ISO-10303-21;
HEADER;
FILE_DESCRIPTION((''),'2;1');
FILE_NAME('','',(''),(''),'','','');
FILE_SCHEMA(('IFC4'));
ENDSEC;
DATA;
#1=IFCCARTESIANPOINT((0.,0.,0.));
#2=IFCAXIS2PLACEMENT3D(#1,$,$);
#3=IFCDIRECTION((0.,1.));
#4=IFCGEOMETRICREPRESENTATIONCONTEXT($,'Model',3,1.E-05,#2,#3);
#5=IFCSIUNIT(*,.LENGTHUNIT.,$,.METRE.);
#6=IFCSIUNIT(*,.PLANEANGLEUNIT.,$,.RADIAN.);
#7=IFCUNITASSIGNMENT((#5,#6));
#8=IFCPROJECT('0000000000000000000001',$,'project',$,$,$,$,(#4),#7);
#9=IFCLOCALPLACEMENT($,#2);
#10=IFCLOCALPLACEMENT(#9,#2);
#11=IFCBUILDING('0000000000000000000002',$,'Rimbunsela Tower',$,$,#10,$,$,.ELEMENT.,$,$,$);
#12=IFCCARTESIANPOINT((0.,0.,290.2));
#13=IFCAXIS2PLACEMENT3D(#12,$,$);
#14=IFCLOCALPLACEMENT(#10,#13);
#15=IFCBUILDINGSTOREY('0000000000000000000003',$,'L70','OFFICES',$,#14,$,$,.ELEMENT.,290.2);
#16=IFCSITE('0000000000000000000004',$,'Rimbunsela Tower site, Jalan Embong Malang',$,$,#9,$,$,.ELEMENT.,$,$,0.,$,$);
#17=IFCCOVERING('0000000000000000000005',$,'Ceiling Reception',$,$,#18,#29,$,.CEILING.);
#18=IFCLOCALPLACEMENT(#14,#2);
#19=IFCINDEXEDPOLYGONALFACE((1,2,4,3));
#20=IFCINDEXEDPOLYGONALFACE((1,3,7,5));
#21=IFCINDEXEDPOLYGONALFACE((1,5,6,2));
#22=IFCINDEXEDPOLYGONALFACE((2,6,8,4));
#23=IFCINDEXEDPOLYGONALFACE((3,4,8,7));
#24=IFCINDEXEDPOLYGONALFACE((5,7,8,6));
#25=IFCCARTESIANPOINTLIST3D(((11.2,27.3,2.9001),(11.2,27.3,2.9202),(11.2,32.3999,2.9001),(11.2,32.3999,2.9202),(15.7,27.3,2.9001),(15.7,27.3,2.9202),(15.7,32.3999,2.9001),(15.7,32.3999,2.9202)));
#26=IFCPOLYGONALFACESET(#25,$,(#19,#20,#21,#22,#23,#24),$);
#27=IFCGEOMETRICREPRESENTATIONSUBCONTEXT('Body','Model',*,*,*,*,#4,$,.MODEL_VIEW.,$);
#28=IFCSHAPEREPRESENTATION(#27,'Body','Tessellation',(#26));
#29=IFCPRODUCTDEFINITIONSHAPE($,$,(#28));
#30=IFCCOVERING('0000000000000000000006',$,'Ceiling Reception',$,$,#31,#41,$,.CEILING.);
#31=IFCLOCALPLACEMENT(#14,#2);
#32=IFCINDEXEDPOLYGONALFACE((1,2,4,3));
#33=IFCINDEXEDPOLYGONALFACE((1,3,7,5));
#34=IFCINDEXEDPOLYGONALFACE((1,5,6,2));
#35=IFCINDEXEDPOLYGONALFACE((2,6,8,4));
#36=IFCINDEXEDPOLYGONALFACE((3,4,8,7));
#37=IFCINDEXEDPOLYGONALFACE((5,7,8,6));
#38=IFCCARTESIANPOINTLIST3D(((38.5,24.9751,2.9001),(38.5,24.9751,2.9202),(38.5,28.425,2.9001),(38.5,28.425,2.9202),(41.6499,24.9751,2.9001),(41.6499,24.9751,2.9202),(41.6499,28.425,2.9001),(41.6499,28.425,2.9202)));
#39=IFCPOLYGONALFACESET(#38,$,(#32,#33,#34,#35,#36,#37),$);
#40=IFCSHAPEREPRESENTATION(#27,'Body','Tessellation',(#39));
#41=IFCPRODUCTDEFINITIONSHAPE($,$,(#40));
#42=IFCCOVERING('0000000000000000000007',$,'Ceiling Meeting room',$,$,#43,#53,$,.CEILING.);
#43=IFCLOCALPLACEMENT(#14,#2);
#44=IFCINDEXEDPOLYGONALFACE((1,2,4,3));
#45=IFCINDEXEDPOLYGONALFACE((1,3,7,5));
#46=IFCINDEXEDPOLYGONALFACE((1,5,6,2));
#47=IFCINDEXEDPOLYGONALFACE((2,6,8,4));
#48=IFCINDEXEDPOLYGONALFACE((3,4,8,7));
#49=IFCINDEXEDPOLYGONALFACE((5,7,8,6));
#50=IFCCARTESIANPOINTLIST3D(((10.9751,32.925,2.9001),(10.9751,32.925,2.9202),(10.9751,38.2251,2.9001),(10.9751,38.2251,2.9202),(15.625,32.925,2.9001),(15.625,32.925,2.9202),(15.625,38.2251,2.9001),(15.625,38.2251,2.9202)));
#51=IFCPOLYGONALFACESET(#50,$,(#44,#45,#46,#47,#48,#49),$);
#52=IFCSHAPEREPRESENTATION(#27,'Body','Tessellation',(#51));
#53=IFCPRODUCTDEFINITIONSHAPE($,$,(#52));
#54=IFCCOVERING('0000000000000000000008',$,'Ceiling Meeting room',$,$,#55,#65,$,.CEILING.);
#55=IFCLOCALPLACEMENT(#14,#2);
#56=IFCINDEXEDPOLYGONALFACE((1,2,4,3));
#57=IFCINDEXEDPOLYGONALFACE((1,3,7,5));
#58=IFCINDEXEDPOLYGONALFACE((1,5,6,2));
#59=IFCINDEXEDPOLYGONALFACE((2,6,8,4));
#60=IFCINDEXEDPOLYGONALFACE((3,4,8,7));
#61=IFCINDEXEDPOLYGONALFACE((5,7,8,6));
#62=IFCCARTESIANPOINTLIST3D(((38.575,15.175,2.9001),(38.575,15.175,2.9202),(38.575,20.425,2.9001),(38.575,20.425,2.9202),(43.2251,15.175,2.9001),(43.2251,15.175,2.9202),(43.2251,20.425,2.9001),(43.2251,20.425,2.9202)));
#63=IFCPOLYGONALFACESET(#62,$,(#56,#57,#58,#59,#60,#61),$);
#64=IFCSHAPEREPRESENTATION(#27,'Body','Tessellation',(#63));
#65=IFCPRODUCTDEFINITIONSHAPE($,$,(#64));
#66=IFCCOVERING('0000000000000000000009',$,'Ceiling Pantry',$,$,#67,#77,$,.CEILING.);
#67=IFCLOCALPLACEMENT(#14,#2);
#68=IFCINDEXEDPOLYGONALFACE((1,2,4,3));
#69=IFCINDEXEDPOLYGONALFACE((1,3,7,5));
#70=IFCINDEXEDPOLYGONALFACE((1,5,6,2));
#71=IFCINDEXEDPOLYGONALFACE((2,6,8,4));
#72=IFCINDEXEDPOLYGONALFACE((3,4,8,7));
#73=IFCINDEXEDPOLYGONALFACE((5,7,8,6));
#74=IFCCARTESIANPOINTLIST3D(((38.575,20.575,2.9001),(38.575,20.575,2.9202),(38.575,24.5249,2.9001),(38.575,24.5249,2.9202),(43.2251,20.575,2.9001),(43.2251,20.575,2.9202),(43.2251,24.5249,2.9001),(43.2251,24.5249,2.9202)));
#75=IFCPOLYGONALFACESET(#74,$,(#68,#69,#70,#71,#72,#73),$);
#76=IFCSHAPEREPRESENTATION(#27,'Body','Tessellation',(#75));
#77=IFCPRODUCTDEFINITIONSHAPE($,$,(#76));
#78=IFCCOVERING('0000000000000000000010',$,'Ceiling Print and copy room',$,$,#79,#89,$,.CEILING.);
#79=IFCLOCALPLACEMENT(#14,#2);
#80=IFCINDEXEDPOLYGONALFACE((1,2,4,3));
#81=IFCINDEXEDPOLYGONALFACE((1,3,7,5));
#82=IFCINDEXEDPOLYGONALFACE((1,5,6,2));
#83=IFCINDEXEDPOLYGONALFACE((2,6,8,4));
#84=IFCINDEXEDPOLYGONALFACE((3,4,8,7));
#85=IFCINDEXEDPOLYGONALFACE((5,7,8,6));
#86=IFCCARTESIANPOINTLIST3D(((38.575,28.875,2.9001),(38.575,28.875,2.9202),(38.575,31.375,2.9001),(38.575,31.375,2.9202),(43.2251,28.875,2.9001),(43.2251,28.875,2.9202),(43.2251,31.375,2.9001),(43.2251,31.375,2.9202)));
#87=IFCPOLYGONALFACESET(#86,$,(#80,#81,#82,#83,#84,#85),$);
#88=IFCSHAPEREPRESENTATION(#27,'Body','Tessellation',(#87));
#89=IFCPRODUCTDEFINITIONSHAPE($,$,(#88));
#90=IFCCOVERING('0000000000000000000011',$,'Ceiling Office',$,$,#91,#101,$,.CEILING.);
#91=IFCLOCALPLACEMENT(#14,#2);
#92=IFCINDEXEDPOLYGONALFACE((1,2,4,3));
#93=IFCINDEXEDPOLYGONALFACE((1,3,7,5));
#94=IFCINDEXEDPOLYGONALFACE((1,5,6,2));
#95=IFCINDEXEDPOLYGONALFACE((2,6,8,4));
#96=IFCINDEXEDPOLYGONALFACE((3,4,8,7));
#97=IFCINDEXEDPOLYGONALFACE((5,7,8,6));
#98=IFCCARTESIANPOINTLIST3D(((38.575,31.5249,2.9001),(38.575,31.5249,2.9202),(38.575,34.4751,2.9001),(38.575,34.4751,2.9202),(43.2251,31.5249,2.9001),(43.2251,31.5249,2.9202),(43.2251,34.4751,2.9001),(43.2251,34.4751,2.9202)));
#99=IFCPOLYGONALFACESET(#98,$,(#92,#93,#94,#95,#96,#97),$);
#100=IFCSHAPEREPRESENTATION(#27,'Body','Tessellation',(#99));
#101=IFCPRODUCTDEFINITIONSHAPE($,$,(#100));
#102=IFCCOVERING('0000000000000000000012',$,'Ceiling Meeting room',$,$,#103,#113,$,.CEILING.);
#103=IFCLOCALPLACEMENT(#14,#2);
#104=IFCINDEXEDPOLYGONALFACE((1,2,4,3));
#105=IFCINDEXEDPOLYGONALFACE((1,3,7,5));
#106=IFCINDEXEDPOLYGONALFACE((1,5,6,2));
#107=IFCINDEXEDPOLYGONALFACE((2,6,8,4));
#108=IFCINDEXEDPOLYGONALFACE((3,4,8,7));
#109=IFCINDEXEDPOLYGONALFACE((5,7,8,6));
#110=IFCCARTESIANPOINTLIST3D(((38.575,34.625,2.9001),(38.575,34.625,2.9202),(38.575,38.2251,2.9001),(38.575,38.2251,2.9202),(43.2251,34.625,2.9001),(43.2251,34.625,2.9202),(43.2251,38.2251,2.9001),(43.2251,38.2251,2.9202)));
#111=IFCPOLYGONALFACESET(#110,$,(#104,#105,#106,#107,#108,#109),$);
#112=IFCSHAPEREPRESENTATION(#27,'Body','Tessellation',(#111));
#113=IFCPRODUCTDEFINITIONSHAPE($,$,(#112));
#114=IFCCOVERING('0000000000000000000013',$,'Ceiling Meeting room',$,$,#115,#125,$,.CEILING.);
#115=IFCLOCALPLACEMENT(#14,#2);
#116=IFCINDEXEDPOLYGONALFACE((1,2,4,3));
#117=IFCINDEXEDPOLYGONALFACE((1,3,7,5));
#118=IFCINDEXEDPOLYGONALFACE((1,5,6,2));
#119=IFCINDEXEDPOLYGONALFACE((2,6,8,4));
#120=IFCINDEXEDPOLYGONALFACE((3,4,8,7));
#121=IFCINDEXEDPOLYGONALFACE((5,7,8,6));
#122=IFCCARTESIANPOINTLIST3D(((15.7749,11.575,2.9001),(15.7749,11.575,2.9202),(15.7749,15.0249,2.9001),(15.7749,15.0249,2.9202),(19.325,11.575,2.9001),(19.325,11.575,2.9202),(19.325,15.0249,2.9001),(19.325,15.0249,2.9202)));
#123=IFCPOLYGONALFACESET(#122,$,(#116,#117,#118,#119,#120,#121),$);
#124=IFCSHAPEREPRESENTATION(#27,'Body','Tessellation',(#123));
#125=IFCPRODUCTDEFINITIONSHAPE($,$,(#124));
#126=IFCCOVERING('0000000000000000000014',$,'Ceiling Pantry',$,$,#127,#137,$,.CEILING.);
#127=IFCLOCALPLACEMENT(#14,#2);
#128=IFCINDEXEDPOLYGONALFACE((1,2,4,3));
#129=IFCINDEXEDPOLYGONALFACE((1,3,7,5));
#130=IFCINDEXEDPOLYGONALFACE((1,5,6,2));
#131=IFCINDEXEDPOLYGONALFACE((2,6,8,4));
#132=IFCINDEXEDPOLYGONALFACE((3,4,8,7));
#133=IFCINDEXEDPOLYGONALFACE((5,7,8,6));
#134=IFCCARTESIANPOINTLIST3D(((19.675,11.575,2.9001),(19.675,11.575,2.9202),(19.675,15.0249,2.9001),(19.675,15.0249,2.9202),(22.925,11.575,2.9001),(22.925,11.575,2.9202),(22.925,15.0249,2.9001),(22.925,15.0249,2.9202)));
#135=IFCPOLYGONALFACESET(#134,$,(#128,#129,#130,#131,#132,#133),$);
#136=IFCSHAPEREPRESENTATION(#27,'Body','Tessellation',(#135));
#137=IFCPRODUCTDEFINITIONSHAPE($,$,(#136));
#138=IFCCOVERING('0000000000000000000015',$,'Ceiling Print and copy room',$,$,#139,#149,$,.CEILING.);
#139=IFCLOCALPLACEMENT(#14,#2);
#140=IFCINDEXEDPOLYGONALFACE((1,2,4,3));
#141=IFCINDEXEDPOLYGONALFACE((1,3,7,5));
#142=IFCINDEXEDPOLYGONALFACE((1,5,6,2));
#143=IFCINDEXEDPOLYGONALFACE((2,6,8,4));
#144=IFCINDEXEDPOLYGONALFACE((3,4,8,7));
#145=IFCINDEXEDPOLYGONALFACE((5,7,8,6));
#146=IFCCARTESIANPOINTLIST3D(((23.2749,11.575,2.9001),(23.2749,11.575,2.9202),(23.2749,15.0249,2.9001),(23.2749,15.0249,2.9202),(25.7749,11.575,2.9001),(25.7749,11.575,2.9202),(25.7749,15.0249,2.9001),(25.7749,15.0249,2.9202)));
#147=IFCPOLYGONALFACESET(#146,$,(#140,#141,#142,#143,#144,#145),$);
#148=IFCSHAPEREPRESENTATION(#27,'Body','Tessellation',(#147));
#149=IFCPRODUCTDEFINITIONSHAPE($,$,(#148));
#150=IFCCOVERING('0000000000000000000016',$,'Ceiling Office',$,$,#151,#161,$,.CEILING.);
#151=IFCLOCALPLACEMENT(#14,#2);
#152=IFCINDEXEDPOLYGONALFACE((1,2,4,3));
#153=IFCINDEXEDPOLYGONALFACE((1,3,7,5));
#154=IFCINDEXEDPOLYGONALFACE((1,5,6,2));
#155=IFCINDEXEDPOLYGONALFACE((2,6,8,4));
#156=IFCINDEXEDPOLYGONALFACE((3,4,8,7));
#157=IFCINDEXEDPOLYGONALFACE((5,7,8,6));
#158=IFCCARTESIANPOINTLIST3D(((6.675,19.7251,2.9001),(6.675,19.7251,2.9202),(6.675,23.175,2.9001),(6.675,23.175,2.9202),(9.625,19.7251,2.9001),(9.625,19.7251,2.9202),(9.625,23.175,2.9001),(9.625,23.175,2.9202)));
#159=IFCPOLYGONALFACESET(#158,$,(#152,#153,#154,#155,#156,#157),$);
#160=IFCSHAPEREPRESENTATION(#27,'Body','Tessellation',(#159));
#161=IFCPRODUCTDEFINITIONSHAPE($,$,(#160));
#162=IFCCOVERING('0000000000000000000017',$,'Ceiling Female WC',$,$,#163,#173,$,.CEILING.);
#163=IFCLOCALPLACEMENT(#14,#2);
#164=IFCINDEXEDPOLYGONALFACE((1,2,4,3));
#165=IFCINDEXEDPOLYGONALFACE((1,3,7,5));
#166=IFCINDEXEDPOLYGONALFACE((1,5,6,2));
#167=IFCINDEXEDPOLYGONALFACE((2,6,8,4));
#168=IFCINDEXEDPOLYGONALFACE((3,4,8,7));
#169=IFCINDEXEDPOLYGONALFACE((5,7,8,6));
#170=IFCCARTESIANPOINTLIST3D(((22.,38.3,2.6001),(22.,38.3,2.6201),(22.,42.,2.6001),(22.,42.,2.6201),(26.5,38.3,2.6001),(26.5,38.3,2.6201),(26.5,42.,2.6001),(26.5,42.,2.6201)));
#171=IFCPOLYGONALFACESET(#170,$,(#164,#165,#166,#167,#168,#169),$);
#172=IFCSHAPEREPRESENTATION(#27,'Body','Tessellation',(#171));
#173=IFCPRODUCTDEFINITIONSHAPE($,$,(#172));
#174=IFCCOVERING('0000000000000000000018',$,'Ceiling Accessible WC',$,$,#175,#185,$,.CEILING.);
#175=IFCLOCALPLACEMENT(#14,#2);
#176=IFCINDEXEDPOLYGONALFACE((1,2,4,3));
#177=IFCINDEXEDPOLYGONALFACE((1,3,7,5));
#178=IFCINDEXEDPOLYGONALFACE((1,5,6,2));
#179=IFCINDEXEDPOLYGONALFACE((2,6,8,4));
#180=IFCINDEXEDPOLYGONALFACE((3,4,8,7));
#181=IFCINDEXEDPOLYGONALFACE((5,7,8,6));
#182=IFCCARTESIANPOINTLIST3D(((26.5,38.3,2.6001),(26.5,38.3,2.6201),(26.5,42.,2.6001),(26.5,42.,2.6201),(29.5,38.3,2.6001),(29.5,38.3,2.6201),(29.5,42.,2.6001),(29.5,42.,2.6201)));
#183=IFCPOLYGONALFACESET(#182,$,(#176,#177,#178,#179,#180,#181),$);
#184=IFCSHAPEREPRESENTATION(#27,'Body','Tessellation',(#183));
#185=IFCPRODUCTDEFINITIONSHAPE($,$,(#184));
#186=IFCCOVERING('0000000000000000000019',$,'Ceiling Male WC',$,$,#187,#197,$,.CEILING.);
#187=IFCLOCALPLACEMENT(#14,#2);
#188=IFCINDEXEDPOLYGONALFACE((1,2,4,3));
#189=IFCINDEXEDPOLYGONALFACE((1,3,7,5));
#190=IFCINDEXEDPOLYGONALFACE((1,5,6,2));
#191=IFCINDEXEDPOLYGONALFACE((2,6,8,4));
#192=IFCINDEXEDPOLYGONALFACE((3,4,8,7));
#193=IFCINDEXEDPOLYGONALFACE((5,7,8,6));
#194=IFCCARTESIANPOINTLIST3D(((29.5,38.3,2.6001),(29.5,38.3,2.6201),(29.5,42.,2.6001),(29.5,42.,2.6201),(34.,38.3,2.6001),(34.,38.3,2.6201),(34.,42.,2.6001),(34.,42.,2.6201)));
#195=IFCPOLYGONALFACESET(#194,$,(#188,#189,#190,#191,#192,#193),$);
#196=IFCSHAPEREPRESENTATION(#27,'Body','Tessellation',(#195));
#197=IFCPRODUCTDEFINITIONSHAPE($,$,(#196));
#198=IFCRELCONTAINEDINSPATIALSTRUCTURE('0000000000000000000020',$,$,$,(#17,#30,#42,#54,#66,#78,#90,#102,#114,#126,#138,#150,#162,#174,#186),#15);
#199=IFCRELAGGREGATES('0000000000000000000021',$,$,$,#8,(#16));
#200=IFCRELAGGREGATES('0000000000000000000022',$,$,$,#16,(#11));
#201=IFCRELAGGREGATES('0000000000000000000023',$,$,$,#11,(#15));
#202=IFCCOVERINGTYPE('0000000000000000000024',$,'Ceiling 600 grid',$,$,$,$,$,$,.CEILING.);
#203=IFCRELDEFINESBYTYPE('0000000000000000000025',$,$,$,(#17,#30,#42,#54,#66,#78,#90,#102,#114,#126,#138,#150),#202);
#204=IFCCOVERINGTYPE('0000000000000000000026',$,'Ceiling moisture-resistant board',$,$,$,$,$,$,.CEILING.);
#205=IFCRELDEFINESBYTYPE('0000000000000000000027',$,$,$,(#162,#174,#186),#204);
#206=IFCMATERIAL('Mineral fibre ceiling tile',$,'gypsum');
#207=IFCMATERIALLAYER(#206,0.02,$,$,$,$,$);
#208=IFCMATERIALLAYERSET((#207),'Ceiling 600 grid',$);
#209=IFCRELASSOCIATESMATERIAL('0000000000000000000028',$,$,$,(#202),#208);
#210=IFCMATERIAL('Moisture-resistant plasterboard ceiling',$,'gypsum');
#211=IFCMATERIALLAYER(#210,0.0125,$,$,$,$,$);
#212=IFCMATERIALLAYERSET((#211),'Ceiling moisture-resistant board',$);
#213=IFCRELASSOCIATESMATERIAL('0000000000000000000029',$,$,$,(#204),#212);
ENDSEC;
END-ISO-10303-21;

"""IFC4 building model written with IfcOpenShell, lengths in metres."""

from ifc_helpers import new_model, si_unit, direction, frame, origin, place, context, subcontext, project, spatial, polyline, outline, extrude, material, layer, layer_set, type_object, element, save


model = new_model("IFC4")

# Units and contexts
model_context = context("Model", 3, precision=1e-05, world=origin(), true_north=direction((0.0, 1.0)))
body_context = subcontext(model_context, "Body", "Model", "MODEL_VIEW")
ifc_project = project(units=[si_unit("LENGTHUNIT", "METRE"), si_unit("PLANEANGLEUNIT", "RADIAN")], contexts=[model_context])

# Site, building, storey
site_placement = place(None, origin())
site = spatial("IfcSite", under=ifc_project, at=site_placement, Name="Rimbunsela Tower site, Jalan Embong Malang", CompositionType="ELEMENT", RefElevation=0.0)
building_placement = place(site_placement, origin())
building = spatial("IfcBuilding", under=site, at=building_placement, Name="Rimbunsela Tower", CompositionType="ELEMENT")
storey_placement = place(building_placement, frame((0.0, 0.0, 290.2)))
storey = spatial("IfcBuildingStorey", under=building, at=storey_placement, Name="L70", Description="OFFICES", CompositionType="ELEMENT", Elevation=290.2)

# Coverings
ifc_material_1 = material(Name="Mineral fibre ceiling tile", Category="gypsum")
ifc_layer_1 = layer(ifc_material_1, 0.02)
ifc_layer_set_1 = layer_set([ifc_layer_1], Name="Ceiling 600 grid")
covering_type_1 = type_object("IfcCoveringType", Name="Ceiling 600 grid", PredefinedType="CEILING", material=ifc_layer_set_1)
covering_1_placement = place(storey_placement, frame((0.0, 0.0, 2.9001)))
element("IfcCovering", 1, at=covering_1_placement, inside=storey, type_object=covering_type_1, Name="Ceiling Reception", PredefinedType="CEILING", context=body_context, shape_type="SweptSolid", body=[
    extrude(outline(polyline([(15.7, 27.3), (15.7, 32.3999), (11.2, 32.3999), (11.2, 27.3), (15.7, 27.3)])), origin(), (0.0, 0.0, 1.0), 0.02),
])
covering_2_placement = place(storey_placement, frame((0.0, 0.0, 2.9001)))
element("IfcCovering", 2, at=covering_2_placement, inside=storey, type_object=covering_type_1, Name="Ceiling Reception", PredefinedType="CEILING", context=body_context, shape_type="SweptSolid", body=[
    extrude(outline(polyline([(41.6499, 24.9751), (41.6499, 28.425), (38.5, 28.425), (38.5, 24.9751), (41.6499, 24.9751)])), origin(), (0.0, 0.0, 1.0), 0.02),
])
covering_3_placement = place(storey_placement, frame((0.0, 0.0, 2.9001)))
element("IfcCovering", 3, at=covering_3_placement, inside=storey, type_object=covering_type_1, Name="Ceiling Meeting room", PredefinedType="CEILING", context=body_context, shape_type="SweptSolid", body=[
    extrude(outline(polyline([(15.625, 32.925), (15.625, 38.2251), (10.9751, 38.2251), (10.9751, 32.925), (15.625, 32.925)])), origin(), (0.0, 0.0, 1.0), 0.02),
])
covering_4_placement = place(storey_placement, frame((0.0, 0.0, 2.9001)))
element("IfcCovering", 4, at=covering_4_placement, inside=storey, type_object=covering_type_1, Name="Ceiling Meeting room", PredefinedType="CEILING", context=body_context, shape_type="SweptSolid", body=[
    extrude(outline(polyline([(43.2251, 15.175), (43.2251, 20.425), (38.575, 20.425), (38.575, 15.175), (43.2251, 15.175)])), origin(), (0.0, 0.0, 1.0), 0.02),
])
covering_5_placement = place(storey_placement, frame((0.0, 0.0, 2.9001)))
element("IfcCovering", 5, at=covering_5_placement, inside=storey, type_object=covering_type_1, Name="Ceiling Pantry", PredefinedType="CEILING", context=body_context, shape_type="SweptSolid", body=[
    extrude(outline(polyline([(43.2251, 20.575), (43.2251, 24.5249), (38.575, 24.5249), (38.575, 20.575), (43.2251, 20.575)])), origin(), (0.0, 0.0, 1.0), 0.02),
])
covering_6_placement = place(storey_placement, frame((0.0, 0.0, 2.9001)))
element("IfcCovering", 6, at=covering_6_placement, inside=storey, type_object=covering_type_1, Name="Ceiling Print and copy room", PredefinedType="CEILING", context=body_context, shape_type="SweptSolid", body=[
    extrude(outline(polyline([(43.2251, 28.875), (43.2251, 31.375), (38.575, 31.375), (38.575, 28.875), (43.2251, 28.875)])), origin(), (0.0, 0.0, 1.0), 0.02),
])
covering_7_placement = place(storey_placement, frame((0.0, 0.0, 2.9001)))
element("IfcCovering", 7, at=covering_7_placement, inside=storey, type_object=covering_type_1, Name="Ceiling Office", PredefinedType="CEILING", context=body_context, shape_type="SweptSolid", body=[
    extrude(outline(polyline([(43.2251, 31.5249), (43.2251, 34.4751), (38.575, 34.4751), (38.575, 31.5249), (43.2251, 31.5249)])), origin(), (0.0, 0.0, 1.0), 0.02),
])
covering_8_placement = place(storey_placement, frame((0.0, 0.0, 2.9001)))
element("IfcCovering", 8, at=covering_8_placement, inside=storey, type_object=covering_type_1, Name="Ceiling Meeting room", PredefinedType="CEILING", context=body_context, shape_type="SweptSolid", body=[
    extrude(outline(polyline([(43.2251, 34.625), (43.2251, 38.2251), (38.575, 38.2251), (38.575, 34.625), (43.2251, 34.625)])), origin(), (0.0, 0.0, 1.0), 0.02),
])
covering_9_placement = place(storey_placement, frame((0.0, 0.0, 2.9001)))
element("IfcCovering", 9, at=covering_9_placement, inside=storey, type_object=covering_type_1, Name="Ceiling Meeting room", PredefinedType="CEILING", context=body_context, shape_type="SweptSolid", body=[
    extrude(outline(polyline([(19.325, 11.575), (19.325, 15.0249), (15.7749, 15.0249), (15.7749, 11.575), (19.325, 11.575)])), origin(), (0.0, 0.0, 1.0), 0.02),
])
covering_10_placement = place(storey_placement, frame((0.0, 0.0, 2.9001)))
element("IfcCovering", 10, at=covering_10_placement, inside=storey, type_object=covering_type_1, Name="Ceiling Pantry", PredefinedType="CEILING", context=body_context, shape_type="SweptSolid", body=[
    extrude(outline(polyline([(22.925, 11.575), (22.925, 15.0249), (19.675, 15.0249), (19.675, 11.575), (22.925, 11.575)])), origin(), (0.0, 0.0, 1.0), 0.02),
])
covering_11_placement = place(storey_placement, frame((0.0, 0.0, 2.9001)))
element("IfcCovering", 11, at=covering_11_placement, inside=storey, type_object=covering_type_1, Name="Ceiling Print and copy room", PredefinedType="CEILING", context=body_context, shape_type="SweptSolid", body=[
    extrude(outline(polyline([(25.7749, 11.575), (25.7749, 15.0249), (23.2749, 15.0249), (23.2749, 11.575), (25.7749, 11.575)])), origin(), (0.0, 0.0, 1.0), 0.02),
])
covering_12_placement = place(storey_placement, frame((0.0, 0.0, 2.9001)))
element("IfcCovering", 12, at=covering_12_placement, inside=storey, type_object=covering_type_1, Name="Ceiling Office", PredefinedType="CEILING", context=body_context, shape_type="SweptSolid", body=[
    extrude(outline(polyline([(9.625, 19.7251), (9.625, 23.175), (6.675, 23.175), (6.675, 19.7251), (9.625, 19.7251)])), origin(), (0.0, 0.0, 1.0), 0.02),
])
ifc_material_2 = material(Name="Moisture-resistant plasterboard ceiling", Category="gypsum")
ifc_layer_2 = layer(ifc_material_2, 0.0125)
ifc_layer_set_2 = layer_set([ifc_layer_2], Name="Ceiling moisture-resistant board")
covering_type_2 = type_object("IfcCoveringType", Name="Ceiling moisture-resistant board", PredefinedType="CEILING", material=ifc_layer_set_2)
covering_13_placement = place(storey_placement, frame((0.0, 0.0, 2.6001)))
element("IfcCovering", 13, at=covering_13_placement, inside=storey, type_object=covering_type_2, Name="Ceiling Female WC", PredefinedType="CEILING", context=body_context, shape_type="SweptSolid", body=[
    extrude(outline(polyline([(26.5, 38.3), (26.5, 42.0), (22.0, 42.0), (22.0, 38.3), (26.5, 38.3)])), origin(), (0.0, 0.0, 1.0), 0.02),
])
covering_14_placement = place(storey_placement, frame((0.0, 0.0, 2.6001)))
element("IfcCovering", 14, at=covering_14_placement, inside=storey, type_object=covering_type_2, Name="Ceiling Accessible WC", PredefinedType="CEILING", context=body_context, shape_type="SweptSolid", body=[
    extrude(outline(polyline([(29.5, 38.3), (29.5, 42.0), (26.5, 42.0), (26.5, 38.3), (29.5, 38.3)])), origin(), (0.0, 0.0, 1.0), 0.02),
])
covering_15_placement = place(storey_placement, frame((0.0, 0.0, 2.6001)))
element("IfcCovering", 15, at=covering_15_placement, inside=storey, type_object=covering_type_2, Name="Ceiling Male WC", PredefinedType="CEILING", context=body_context, shape_type="SweptSolid", body=[
    extrude(outline(polyline([(34.0, 38.3), (34.0, 42.0), (29.5, 42.0), (29.5, 38.3), (34.0, 38.3)])), origin(), (0.0, 0.0, 1.0), 0.02),
])

save(model, "model.ifc")
